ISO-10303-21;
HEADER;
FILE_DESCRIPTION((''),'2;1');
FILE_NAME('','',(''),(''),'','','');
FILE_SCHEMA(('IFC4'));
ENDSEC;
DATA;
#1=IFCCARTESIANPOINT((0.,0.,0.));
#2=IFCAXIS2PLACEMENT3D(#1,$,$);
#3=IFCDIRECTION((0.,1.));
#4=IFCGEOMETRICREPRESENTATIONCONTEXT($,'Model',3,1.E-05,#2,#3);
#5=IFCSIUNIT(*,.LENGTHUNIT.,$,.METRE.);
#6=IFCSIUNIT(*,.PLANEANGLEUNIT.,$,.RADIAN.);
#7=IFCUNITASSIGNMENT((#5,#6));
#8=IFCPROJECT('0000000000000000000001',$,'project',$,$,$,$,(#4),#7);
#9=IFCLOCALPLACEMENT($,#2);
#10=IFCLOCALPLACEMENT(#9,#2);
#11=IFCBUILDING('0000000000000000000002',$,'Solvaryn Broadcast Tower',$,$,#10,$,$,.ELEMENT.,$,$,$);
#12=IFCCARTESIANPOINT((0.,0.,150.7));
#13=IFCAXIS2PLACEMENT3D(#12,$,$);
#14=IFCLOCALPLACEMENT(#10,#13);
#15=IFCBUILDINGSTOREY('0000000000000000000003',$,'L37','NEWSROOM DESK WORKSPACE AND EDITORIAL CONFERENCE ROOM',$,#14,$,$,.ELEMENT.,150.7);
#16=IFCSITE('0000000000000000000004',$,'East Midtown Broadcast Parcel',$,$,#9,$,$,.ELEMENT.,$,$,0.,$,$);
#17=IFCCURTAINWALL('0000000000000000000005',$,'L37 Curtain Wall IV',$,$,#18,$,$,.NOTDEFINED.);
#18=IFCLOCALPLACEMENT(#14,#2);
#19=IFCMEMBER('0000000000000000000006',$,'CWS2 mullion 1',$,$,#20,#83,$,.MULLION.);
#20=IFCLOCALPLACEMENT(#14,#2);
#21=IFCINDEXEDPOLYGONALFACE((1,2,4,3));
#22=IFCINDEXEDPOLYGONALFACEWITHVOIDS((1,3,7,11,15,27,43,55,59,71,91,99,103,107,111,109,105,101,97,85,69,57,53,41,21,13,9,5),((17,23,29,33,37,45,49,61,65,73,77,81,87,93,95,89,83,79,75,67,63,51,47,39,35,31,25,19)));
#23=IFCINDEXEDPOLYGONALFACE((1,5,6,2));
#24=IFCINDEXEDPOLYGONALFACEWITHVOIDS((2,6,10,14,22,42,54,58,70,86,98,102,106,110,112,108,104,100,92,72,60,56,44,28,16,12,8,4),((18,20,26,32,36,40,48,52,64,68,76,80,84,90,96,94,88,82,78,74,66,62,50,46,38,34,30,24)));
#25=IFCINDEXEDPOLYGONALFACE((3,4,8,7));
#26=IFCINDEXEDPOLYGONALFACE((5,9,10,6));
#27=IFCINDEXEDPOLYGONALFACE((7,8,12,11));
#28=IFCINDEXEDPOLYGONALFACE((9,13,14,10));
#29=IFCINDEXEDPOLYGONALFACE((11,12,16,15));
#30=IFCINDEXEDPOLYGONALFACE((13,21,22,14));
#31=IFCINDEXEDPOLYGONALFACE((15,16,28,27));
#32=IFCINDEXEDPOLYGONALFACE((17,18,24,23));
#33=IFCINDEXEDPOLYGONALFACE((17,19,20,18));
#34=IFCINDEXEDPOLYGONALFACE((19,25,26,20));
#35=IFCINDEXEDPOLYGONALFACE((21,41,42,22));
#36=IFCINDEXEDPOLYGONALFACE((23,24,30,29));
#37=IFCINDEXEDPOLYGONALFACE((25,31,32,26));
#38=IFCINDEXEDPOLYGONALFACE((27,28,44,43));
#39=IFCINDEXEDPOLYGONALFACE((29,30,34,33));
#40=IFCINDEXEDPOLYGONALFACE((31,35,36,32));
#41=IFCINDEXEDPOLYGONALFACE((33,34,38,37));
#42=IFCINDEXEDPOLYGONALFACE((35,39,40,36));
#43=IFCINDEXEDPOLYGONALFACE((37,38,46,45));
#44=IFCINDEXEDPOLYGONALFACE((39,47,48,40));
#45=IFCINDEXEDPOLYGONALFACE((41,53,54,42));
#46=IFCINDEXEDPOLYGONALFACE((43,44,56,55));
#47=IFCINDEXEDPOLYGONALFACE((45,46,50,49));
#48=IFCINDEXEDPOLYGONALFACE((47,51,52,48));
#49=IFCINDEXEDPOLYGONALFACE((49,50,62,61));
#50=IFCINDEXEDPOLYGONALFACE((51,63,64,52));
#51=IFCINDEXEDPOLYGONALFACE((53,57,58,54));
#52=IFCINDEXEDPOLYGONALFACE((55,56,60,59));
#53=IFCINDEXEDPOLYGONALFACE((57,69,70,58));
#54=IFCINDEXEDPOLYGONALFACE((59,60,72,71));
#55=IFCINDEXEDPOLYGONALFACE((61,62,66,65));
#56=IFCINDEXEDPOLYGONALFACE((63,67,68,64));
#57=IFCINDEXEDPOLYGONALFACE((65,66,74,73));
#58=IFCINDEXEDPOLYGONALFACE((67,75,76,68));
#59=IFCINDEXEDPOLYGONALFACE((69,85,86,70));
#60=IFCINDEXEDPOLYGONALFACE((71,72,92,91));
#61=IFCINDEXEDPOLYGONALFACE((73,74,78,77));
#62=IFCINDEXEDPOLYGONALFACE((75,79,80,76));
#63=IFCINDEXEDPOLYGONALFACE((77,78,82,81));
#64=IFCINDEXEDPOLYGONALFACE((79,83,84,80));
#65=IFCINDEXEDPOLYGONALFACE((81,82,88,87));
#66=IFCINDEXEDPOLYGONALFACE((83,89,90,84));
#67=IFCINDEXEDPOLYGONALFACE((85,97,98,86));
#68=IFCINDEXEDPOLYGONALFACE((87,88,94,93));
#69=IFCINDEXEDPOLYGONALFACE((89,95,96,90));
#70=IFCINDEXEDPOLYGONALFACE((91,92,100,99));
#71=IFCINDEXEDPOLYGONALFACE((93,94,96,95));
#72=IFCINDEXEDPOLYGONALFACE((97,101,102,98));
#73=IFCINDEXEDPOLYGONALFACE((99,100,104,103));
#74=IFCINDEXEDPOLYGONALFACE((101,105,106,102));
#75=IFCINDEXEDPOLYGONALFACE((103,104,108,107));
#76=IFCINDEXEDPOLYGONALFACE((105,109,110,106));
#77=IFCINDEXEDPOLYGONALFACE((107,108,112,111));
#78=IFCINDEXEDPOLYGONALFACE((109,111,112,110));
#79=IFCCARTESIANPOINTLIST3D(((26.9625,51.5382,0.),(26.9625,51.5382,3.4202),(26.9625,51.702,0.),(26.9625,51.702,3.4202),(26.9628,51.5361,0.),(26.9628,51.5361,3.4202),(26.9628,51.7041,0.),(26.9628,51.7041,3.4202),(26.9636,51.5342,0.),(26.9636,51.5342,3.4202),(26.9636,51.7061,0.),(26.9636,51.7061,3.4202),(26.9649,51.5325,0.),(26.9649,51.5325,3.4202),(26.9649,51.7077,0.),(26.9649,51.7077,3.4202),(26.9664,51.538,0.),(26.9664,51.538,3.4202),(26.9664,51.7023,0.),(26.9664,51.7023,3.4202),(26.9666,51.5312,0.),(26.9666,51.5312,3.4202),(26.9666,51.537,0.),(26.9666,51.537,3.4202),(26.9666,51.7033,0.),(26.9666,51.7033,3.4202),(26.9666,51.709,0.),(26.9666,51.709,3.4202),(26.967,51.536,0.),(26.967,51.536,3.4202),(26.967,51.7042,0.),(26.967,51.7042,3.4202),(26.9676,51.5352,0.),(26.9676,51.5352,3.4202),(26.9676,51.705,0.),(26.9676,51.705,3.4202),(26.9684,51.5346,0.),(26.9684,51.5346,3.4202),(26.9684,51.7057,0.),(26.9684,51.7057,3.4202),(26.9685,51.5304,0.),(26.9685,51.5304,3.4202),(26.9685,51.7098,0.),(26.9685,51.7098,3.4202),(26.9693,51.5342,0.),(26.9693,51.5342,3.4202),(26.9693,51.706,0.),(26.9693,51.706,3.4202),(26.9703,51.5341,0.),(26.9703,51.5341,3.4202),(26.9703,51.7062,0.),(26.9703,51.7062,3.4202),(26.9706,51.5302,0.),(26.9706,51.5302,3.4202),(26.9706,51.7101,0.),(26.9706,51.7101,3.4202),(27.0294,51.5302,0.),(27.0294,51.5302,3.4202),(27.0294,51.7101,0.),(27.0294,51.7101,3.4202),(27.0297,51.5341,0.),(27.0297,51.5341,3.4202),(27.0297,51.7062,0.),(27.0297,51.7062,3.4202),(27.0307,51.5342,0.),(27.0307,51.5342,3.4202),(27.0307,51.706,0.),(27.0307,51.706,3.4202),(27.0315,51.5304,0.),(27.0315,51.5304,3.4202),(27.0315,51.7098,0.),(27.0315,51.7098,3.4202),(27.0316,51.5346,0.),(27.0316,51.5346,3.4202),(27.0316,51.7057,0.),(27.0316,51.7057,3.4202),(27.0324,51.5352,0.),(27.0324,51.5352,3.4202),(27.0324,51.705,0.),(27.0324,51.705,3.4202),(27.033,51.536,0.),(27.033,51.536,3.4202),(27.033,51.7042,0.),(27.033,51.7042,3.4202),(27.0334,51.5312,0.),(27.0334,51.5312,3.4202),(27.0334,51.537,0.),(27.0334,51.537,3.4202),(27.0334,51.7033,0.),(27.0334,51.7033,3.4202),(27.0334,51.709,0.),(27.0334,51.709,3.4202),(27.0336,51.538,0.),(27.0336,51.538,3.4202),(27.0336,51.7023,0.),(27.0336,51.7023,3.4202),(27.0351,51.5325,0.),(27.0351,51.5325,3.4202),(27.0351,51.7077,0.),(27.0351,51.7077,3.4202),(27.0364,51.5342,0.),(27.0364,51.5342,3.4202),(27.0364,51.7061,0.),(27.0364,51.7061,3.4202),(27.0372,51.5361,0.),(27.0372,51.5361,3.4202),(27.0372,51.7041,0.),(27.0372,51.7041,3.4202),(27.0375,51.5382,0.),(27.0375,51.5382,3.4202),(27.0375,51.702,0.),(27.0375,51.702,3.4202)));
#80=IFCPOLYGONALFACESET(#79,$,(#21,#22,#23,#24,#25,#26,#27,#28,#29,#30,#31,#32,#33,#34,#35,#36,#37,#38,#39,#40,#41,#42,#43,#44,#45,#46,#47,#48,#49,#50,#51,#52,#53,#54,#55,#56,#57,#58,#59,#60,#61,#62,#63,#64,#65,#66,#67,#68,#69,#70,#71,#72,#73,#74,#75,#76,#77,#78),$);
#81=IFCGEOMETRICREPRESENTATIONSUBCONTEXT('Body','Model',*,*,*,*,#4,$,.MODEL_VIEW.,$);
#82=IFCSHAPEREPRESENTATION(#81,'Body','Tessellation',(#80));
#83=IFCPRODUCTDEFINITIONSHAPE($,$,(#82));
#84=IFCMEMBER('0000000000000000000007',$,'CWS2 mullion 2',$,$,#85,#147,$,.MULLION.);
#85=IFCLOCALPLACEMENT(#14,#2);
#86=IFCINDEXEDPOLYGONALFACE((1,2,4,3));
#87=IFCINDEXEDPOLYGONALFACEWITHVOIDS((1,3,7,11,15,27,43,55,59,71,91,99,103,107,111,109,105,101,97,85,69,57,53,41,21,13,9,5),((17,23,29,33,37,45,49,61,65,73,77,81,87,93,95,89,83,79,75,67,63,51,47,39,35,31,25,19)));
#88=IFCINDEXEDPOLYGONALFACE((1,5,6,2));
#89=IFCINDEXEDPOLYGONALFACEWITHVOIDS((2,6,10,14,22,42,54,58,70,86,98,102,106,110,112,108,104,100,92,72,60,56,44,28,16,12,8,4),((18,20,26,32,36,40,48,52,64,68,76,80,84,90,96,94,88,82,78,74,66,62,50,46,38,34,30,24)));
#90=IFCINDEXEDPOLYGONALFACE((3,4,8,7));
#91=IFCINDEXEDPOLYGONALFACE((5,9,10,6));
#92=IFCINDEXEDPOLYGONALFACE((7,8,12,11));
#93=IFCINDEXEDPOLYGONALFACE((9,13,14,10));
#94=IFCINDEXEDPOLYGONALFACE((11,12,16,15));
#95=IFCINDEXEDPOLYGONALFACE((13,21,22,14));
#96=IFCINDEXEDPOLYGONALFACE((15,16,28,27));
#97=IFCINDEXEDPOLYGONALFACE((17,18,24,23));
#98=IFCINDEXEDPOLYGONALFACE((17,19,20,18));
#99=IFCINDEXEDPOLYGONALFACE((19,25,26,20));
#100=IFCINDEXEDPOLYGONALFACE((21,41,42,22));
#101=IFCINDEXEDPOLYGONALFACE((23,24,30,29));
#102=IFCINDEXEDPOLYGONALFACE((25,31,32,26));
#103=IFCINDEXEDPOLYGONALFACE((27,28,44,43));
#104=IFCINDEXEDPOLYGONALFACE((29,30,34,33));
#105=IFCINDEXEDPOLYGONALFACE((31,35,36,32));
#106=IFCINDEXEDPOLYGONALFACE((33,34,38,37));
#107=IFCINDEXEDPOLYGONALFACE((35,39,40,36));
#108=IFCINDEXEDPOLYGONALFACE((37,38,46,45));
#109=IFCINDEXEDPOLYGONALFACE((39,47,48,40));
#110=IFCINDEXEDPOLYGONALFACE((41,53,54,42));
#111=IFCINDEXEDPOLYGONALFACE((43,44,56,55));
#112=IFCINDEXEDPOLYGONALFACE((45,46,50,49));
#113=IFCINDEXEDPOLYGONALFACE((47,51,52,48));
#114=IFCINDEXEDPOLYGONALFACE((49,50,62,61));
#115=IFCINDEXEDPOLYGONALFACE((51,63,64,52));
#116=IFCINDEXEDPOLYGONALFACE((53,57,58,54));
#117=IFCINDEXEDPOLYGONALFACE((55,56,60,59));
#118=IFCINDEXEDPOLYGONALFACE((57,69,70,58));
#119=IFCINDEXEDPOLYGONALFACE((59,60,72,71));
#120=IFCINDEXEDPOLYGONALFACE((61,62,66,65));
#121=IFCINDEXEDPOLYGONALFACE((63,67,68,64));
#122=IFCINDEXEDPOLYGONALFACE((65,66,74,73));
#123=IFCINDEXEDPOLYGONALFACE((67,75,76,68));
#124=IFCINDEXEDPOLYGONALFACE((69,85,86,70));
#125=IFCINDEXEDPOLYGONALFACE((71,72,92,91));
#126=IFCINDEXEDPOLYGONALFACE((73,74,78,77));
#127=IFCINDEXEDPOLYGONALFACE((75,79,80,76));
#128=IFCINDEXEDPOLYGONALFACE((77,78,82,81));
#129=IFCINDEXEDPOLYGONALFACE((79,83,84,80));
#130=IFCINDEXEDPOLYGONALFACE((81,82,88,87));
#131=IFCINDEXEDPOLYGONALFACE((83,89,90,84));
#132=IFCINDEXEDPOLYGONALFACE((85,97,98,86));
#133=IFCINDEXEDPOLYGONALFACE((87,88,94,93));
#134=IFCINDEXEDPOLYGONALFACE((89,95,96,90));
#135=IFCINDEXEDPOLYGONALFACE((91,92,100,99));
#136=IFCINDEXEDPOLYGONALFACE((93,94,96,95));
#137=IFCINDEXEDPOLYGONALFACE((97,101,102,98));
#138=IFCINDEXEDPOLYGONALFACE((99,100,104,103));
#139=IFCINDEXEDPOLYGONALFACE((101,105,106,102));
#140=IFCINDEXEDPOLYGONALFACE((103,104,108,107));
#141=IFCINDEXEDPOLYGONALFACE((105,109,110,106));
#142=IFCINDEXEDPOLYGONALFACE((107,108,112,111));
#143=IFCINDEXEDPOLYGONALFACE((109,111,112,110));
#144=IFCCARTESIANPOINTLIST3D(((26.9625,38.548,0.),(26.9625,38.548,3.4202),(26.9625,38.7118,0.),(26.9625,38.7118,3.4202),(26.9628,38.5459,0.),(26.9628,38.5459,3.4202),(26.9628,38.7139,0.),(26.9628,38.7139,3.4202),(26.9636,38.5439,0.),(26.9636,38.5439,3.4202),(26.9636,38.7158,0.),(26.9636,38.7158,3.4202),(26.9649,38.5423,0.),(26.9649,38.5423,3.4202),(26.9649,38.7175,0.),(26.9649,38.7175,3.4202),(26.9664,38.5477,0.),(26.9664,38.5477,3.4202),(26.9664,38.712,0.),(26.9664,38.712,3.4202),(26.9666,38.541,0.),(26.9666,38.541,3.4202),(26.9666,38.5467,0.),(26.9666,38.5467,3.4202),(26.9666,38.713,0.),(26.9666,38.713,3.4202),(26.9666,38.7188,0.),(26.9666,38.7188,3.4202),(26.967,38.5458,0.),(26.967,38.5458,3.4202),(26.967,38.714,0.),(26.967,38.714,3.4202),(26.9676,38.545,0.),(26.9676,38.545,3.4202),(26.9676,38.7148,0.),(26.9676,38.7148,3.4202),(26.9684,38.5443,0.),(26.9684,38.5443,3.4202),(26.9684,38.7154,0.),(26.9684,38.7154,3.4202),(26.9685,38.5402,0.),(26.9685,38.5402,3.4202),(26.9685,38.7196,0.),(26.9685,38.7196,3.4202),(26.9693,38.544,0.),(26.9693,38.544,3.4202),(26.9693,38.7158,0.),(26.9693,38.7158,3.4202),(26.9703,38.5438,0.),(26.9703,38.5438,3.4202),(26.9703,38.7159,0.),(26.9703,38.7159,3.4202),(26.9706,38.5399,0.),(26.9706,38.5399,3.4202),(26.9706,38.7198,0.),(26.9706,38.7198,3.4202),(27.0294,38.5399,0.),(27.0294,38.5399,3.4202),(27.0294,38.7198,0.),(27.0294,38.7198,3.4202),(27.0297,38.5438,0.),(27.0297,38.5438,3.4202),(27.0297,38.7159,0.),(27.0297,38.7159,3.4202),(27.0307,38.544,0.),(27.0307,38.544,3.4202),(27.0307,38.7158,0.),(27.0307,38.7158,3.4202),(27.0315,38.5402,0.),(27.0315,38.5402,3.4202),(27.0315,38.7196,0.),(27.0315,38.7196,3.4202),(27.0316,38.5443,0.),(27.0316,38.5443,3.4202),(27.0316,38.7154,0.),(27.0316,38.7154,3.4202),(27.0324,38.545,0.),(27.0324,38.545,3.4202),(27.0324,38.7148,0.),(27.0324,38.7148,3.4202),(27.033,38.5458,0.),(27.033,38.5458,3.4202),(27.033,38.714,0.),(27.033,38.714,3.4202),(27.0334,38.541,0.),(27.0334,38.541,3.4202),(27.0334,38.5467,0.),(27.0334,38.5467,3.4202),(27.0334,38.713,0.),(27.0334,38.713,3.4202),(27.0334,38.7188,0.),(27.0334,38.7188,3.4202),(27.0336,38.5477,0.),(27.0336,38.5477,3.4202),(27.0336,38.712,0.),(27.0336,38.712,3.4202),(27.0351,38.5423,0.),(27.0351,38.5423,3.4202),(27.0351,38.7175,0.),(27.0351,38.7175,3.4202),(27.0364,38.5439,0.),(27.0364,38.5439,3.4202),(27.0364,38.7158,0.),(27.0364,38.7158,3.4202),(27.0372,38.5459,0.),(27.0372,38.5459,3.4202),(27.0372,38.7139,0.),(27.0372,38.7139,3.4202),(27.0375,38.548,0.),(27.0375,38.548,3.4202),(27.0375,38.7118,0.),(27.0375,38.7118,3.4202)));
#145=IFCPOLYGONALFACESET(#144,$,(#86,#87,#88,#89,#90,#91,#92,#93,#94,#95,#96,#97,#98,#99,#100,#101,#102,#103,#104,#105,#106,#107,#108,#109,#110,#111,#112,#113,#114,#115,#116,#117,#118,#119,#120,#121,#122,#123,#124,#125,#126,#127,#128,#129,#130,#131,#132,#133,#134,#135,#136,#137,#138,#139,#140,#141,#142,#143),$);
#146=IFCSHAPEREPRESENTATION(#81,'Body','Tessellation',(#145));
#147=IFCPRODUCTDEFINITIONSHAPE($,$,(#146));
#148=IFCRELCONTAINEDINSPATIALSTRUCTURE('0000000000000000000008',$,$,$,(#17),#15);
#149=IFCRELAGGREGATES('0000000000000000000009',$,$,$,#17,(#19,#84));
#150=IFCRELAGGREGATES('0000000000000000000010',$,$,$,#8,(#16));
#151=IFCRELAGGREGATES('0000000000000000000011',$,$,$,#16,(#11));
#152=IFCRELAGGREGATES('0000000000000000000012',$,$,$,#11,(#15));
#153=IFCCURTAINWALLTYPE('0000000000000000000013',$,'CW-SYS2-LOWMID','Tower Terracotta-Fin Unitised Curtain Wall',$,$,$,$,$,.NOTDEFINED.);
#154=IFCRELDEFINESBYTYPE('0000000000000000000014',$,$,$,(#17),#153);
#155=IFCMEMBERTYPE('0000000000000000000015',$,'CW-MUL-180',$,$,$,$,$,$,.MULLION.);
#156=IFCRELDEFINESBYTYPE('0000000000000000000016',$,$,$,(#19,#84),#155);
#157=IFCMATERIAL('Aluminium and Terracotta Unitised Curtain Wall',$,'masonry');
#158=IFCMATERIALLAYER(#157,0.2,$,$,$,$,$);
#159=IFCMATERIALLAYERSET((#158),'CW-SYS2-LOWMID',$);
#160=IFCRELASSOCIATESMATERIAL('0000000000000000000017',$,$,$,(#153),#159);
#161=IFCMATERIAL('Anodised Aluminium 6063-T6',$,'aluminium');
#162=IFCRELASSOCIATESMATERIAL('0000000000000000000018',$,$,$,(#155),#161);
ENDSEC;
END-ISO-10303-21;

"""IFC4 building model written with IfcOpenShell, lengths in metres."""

from ifc_helpers import new_model, si_unit, direction, frame, origin, origin_2d, place, context, subcontext, project, spatial, hollow_rectangle, extrude, material, layer, layer_set, material_profile, profile_set, type_object, element, aggregate, save


model = new_model("IFC4")

# Units and contexts
model_context = context("Model", 3, precision=1e-05, world=origin(), true_north=direction((0.0, 1.0)))
body_context = subcontext(model_context, "Body", "Model", "MODEL_VIEW")
ifc_project = project(units=[si_unit("LENGTHUNIT", "METRE"), si_unit("PLANEANGLEUNIT", "RADIAN")], contexts=[model_context])

# Site, building, storey
site_placement = place(None, origin())
site = spatial("IfcSite", under=ifc_project, at=site_placement, Name="East Midtown Broadcast Parcel", CompositionType="ELEMENT", RefElevation=0.0)
building_placement = place(site_placement, origin())
building = spatial("IfcBuilding", under=site, at=building_placement, Name="Solvaryn Broadcast Tower", CompositionType="ELEMENT")
storey_placement = place(building_placement, frame((0.0, 0.0, 150.7)))
storey = spatial("IfcBuildingStorey", under=building, at=storey_placement, Name="L37", Description="NEWSROOM DESK WORKSPACE AND EDITORIAL CONFERENCE ROOM", CompositionType="ELEMENT", Elevation=150.7)

# Curtain wall, members
ifc_material_1 = material(Name="Aluminium and Terracotta Unitised Curtain Wall", Category="masonry")
ifc_layer_1 = layer(ifc_material_1, 0.2)
ifc_layer_set_1 = layer_set([ifc_layer_1], Name="CW-SYS2-LOWMID")
curtain_wall_type = type_object("IfcCurtainWallType", Name="CW-SYS2-LOWMID", Description="Tower Terracotta-Fin Unitised Curtain Wall", PredefinedType="NOTDEFINED", material=ifc_layer_set_1)
curtain_wall_1_placement = place(storey_placement, origin())
curtain_wall_1 = element("IfcCurtainWall", 1, at=curtain_wall_1_placement, inside=storey, type_object=curtain_wall_type, Name="L37 Curtain Wall IV", PredefinedType="NOTDEFINED")
ifc_material_2 = material(Name="Anodised Aluminium 6063-T6", Category="aluminium")
ifc_material_profile_1 = material_profile(ifc_material_2, hollow_rectangle(XDim=0.075, YDim=0.1799, WallThickness=0.0039, InnerFilletRadius=0.0039, OuterFilletRadius=0.0081, at=origin_2d()))
ifc_profile_set_1 = profile_set([ifc_material_profile_1], Name="Anodised Aluminium 6063-T6")
member_type_1 = type_object("IfcMemberType", Name="CW-MUL-180", PredefinedType="MULLION", material=ifc_profile_set_1)
member_1_placement = place(storey_placement, frame((27.0, 51.6201, 0.0), z_axis=(0.0, 0.0, 1.0), x_axis=(1.0, 0.0, 0.0)))
member_1 = element("IfcMember", 2, at=member_1_placement, type_object=member_type_1, Name="CWS2 mullion 1", PredefinedType="MULLION", context=body_context, shape_type="SweptSolid", body=[
    extrude(hollow_rectangle(XDim=0.075, YDim=0.1799, WallThickness=0.0039, InnerFilletRadius=0.0039, OuterFilletRadius=0.0081, at=origin_2d()), origin(), (0.0, 0.0, 1.0), 3.4202),
])
member_2_placement = place(storey_placement, frame((27.0, 38.6299, 0.0), z_axis=(0.0, 0.0, 1.0), x_axis=(1.0, 0.0, 0.0)))
member_2 = element("IfcMember", 3, at=member_2_placement, type_object=member_type_1, Name="CWS2 mullion 2", PredefinedType="MULLION", context=body_context, shape_type="SweptSolid", body=[
    extrude(hollow_rectangle(XDim=0.075, YDim=0.1799, WallThickness=0.0039, InnerFilletRadius=0.0039, OuterFilletRadius=0.0081, at=origin_2d()), origin(), (0.0, 0.0, 1.0), 3.4202),
])

aggregate(curtain_wall_1, [member_1, member_2])

save(model, "model.ifc")
